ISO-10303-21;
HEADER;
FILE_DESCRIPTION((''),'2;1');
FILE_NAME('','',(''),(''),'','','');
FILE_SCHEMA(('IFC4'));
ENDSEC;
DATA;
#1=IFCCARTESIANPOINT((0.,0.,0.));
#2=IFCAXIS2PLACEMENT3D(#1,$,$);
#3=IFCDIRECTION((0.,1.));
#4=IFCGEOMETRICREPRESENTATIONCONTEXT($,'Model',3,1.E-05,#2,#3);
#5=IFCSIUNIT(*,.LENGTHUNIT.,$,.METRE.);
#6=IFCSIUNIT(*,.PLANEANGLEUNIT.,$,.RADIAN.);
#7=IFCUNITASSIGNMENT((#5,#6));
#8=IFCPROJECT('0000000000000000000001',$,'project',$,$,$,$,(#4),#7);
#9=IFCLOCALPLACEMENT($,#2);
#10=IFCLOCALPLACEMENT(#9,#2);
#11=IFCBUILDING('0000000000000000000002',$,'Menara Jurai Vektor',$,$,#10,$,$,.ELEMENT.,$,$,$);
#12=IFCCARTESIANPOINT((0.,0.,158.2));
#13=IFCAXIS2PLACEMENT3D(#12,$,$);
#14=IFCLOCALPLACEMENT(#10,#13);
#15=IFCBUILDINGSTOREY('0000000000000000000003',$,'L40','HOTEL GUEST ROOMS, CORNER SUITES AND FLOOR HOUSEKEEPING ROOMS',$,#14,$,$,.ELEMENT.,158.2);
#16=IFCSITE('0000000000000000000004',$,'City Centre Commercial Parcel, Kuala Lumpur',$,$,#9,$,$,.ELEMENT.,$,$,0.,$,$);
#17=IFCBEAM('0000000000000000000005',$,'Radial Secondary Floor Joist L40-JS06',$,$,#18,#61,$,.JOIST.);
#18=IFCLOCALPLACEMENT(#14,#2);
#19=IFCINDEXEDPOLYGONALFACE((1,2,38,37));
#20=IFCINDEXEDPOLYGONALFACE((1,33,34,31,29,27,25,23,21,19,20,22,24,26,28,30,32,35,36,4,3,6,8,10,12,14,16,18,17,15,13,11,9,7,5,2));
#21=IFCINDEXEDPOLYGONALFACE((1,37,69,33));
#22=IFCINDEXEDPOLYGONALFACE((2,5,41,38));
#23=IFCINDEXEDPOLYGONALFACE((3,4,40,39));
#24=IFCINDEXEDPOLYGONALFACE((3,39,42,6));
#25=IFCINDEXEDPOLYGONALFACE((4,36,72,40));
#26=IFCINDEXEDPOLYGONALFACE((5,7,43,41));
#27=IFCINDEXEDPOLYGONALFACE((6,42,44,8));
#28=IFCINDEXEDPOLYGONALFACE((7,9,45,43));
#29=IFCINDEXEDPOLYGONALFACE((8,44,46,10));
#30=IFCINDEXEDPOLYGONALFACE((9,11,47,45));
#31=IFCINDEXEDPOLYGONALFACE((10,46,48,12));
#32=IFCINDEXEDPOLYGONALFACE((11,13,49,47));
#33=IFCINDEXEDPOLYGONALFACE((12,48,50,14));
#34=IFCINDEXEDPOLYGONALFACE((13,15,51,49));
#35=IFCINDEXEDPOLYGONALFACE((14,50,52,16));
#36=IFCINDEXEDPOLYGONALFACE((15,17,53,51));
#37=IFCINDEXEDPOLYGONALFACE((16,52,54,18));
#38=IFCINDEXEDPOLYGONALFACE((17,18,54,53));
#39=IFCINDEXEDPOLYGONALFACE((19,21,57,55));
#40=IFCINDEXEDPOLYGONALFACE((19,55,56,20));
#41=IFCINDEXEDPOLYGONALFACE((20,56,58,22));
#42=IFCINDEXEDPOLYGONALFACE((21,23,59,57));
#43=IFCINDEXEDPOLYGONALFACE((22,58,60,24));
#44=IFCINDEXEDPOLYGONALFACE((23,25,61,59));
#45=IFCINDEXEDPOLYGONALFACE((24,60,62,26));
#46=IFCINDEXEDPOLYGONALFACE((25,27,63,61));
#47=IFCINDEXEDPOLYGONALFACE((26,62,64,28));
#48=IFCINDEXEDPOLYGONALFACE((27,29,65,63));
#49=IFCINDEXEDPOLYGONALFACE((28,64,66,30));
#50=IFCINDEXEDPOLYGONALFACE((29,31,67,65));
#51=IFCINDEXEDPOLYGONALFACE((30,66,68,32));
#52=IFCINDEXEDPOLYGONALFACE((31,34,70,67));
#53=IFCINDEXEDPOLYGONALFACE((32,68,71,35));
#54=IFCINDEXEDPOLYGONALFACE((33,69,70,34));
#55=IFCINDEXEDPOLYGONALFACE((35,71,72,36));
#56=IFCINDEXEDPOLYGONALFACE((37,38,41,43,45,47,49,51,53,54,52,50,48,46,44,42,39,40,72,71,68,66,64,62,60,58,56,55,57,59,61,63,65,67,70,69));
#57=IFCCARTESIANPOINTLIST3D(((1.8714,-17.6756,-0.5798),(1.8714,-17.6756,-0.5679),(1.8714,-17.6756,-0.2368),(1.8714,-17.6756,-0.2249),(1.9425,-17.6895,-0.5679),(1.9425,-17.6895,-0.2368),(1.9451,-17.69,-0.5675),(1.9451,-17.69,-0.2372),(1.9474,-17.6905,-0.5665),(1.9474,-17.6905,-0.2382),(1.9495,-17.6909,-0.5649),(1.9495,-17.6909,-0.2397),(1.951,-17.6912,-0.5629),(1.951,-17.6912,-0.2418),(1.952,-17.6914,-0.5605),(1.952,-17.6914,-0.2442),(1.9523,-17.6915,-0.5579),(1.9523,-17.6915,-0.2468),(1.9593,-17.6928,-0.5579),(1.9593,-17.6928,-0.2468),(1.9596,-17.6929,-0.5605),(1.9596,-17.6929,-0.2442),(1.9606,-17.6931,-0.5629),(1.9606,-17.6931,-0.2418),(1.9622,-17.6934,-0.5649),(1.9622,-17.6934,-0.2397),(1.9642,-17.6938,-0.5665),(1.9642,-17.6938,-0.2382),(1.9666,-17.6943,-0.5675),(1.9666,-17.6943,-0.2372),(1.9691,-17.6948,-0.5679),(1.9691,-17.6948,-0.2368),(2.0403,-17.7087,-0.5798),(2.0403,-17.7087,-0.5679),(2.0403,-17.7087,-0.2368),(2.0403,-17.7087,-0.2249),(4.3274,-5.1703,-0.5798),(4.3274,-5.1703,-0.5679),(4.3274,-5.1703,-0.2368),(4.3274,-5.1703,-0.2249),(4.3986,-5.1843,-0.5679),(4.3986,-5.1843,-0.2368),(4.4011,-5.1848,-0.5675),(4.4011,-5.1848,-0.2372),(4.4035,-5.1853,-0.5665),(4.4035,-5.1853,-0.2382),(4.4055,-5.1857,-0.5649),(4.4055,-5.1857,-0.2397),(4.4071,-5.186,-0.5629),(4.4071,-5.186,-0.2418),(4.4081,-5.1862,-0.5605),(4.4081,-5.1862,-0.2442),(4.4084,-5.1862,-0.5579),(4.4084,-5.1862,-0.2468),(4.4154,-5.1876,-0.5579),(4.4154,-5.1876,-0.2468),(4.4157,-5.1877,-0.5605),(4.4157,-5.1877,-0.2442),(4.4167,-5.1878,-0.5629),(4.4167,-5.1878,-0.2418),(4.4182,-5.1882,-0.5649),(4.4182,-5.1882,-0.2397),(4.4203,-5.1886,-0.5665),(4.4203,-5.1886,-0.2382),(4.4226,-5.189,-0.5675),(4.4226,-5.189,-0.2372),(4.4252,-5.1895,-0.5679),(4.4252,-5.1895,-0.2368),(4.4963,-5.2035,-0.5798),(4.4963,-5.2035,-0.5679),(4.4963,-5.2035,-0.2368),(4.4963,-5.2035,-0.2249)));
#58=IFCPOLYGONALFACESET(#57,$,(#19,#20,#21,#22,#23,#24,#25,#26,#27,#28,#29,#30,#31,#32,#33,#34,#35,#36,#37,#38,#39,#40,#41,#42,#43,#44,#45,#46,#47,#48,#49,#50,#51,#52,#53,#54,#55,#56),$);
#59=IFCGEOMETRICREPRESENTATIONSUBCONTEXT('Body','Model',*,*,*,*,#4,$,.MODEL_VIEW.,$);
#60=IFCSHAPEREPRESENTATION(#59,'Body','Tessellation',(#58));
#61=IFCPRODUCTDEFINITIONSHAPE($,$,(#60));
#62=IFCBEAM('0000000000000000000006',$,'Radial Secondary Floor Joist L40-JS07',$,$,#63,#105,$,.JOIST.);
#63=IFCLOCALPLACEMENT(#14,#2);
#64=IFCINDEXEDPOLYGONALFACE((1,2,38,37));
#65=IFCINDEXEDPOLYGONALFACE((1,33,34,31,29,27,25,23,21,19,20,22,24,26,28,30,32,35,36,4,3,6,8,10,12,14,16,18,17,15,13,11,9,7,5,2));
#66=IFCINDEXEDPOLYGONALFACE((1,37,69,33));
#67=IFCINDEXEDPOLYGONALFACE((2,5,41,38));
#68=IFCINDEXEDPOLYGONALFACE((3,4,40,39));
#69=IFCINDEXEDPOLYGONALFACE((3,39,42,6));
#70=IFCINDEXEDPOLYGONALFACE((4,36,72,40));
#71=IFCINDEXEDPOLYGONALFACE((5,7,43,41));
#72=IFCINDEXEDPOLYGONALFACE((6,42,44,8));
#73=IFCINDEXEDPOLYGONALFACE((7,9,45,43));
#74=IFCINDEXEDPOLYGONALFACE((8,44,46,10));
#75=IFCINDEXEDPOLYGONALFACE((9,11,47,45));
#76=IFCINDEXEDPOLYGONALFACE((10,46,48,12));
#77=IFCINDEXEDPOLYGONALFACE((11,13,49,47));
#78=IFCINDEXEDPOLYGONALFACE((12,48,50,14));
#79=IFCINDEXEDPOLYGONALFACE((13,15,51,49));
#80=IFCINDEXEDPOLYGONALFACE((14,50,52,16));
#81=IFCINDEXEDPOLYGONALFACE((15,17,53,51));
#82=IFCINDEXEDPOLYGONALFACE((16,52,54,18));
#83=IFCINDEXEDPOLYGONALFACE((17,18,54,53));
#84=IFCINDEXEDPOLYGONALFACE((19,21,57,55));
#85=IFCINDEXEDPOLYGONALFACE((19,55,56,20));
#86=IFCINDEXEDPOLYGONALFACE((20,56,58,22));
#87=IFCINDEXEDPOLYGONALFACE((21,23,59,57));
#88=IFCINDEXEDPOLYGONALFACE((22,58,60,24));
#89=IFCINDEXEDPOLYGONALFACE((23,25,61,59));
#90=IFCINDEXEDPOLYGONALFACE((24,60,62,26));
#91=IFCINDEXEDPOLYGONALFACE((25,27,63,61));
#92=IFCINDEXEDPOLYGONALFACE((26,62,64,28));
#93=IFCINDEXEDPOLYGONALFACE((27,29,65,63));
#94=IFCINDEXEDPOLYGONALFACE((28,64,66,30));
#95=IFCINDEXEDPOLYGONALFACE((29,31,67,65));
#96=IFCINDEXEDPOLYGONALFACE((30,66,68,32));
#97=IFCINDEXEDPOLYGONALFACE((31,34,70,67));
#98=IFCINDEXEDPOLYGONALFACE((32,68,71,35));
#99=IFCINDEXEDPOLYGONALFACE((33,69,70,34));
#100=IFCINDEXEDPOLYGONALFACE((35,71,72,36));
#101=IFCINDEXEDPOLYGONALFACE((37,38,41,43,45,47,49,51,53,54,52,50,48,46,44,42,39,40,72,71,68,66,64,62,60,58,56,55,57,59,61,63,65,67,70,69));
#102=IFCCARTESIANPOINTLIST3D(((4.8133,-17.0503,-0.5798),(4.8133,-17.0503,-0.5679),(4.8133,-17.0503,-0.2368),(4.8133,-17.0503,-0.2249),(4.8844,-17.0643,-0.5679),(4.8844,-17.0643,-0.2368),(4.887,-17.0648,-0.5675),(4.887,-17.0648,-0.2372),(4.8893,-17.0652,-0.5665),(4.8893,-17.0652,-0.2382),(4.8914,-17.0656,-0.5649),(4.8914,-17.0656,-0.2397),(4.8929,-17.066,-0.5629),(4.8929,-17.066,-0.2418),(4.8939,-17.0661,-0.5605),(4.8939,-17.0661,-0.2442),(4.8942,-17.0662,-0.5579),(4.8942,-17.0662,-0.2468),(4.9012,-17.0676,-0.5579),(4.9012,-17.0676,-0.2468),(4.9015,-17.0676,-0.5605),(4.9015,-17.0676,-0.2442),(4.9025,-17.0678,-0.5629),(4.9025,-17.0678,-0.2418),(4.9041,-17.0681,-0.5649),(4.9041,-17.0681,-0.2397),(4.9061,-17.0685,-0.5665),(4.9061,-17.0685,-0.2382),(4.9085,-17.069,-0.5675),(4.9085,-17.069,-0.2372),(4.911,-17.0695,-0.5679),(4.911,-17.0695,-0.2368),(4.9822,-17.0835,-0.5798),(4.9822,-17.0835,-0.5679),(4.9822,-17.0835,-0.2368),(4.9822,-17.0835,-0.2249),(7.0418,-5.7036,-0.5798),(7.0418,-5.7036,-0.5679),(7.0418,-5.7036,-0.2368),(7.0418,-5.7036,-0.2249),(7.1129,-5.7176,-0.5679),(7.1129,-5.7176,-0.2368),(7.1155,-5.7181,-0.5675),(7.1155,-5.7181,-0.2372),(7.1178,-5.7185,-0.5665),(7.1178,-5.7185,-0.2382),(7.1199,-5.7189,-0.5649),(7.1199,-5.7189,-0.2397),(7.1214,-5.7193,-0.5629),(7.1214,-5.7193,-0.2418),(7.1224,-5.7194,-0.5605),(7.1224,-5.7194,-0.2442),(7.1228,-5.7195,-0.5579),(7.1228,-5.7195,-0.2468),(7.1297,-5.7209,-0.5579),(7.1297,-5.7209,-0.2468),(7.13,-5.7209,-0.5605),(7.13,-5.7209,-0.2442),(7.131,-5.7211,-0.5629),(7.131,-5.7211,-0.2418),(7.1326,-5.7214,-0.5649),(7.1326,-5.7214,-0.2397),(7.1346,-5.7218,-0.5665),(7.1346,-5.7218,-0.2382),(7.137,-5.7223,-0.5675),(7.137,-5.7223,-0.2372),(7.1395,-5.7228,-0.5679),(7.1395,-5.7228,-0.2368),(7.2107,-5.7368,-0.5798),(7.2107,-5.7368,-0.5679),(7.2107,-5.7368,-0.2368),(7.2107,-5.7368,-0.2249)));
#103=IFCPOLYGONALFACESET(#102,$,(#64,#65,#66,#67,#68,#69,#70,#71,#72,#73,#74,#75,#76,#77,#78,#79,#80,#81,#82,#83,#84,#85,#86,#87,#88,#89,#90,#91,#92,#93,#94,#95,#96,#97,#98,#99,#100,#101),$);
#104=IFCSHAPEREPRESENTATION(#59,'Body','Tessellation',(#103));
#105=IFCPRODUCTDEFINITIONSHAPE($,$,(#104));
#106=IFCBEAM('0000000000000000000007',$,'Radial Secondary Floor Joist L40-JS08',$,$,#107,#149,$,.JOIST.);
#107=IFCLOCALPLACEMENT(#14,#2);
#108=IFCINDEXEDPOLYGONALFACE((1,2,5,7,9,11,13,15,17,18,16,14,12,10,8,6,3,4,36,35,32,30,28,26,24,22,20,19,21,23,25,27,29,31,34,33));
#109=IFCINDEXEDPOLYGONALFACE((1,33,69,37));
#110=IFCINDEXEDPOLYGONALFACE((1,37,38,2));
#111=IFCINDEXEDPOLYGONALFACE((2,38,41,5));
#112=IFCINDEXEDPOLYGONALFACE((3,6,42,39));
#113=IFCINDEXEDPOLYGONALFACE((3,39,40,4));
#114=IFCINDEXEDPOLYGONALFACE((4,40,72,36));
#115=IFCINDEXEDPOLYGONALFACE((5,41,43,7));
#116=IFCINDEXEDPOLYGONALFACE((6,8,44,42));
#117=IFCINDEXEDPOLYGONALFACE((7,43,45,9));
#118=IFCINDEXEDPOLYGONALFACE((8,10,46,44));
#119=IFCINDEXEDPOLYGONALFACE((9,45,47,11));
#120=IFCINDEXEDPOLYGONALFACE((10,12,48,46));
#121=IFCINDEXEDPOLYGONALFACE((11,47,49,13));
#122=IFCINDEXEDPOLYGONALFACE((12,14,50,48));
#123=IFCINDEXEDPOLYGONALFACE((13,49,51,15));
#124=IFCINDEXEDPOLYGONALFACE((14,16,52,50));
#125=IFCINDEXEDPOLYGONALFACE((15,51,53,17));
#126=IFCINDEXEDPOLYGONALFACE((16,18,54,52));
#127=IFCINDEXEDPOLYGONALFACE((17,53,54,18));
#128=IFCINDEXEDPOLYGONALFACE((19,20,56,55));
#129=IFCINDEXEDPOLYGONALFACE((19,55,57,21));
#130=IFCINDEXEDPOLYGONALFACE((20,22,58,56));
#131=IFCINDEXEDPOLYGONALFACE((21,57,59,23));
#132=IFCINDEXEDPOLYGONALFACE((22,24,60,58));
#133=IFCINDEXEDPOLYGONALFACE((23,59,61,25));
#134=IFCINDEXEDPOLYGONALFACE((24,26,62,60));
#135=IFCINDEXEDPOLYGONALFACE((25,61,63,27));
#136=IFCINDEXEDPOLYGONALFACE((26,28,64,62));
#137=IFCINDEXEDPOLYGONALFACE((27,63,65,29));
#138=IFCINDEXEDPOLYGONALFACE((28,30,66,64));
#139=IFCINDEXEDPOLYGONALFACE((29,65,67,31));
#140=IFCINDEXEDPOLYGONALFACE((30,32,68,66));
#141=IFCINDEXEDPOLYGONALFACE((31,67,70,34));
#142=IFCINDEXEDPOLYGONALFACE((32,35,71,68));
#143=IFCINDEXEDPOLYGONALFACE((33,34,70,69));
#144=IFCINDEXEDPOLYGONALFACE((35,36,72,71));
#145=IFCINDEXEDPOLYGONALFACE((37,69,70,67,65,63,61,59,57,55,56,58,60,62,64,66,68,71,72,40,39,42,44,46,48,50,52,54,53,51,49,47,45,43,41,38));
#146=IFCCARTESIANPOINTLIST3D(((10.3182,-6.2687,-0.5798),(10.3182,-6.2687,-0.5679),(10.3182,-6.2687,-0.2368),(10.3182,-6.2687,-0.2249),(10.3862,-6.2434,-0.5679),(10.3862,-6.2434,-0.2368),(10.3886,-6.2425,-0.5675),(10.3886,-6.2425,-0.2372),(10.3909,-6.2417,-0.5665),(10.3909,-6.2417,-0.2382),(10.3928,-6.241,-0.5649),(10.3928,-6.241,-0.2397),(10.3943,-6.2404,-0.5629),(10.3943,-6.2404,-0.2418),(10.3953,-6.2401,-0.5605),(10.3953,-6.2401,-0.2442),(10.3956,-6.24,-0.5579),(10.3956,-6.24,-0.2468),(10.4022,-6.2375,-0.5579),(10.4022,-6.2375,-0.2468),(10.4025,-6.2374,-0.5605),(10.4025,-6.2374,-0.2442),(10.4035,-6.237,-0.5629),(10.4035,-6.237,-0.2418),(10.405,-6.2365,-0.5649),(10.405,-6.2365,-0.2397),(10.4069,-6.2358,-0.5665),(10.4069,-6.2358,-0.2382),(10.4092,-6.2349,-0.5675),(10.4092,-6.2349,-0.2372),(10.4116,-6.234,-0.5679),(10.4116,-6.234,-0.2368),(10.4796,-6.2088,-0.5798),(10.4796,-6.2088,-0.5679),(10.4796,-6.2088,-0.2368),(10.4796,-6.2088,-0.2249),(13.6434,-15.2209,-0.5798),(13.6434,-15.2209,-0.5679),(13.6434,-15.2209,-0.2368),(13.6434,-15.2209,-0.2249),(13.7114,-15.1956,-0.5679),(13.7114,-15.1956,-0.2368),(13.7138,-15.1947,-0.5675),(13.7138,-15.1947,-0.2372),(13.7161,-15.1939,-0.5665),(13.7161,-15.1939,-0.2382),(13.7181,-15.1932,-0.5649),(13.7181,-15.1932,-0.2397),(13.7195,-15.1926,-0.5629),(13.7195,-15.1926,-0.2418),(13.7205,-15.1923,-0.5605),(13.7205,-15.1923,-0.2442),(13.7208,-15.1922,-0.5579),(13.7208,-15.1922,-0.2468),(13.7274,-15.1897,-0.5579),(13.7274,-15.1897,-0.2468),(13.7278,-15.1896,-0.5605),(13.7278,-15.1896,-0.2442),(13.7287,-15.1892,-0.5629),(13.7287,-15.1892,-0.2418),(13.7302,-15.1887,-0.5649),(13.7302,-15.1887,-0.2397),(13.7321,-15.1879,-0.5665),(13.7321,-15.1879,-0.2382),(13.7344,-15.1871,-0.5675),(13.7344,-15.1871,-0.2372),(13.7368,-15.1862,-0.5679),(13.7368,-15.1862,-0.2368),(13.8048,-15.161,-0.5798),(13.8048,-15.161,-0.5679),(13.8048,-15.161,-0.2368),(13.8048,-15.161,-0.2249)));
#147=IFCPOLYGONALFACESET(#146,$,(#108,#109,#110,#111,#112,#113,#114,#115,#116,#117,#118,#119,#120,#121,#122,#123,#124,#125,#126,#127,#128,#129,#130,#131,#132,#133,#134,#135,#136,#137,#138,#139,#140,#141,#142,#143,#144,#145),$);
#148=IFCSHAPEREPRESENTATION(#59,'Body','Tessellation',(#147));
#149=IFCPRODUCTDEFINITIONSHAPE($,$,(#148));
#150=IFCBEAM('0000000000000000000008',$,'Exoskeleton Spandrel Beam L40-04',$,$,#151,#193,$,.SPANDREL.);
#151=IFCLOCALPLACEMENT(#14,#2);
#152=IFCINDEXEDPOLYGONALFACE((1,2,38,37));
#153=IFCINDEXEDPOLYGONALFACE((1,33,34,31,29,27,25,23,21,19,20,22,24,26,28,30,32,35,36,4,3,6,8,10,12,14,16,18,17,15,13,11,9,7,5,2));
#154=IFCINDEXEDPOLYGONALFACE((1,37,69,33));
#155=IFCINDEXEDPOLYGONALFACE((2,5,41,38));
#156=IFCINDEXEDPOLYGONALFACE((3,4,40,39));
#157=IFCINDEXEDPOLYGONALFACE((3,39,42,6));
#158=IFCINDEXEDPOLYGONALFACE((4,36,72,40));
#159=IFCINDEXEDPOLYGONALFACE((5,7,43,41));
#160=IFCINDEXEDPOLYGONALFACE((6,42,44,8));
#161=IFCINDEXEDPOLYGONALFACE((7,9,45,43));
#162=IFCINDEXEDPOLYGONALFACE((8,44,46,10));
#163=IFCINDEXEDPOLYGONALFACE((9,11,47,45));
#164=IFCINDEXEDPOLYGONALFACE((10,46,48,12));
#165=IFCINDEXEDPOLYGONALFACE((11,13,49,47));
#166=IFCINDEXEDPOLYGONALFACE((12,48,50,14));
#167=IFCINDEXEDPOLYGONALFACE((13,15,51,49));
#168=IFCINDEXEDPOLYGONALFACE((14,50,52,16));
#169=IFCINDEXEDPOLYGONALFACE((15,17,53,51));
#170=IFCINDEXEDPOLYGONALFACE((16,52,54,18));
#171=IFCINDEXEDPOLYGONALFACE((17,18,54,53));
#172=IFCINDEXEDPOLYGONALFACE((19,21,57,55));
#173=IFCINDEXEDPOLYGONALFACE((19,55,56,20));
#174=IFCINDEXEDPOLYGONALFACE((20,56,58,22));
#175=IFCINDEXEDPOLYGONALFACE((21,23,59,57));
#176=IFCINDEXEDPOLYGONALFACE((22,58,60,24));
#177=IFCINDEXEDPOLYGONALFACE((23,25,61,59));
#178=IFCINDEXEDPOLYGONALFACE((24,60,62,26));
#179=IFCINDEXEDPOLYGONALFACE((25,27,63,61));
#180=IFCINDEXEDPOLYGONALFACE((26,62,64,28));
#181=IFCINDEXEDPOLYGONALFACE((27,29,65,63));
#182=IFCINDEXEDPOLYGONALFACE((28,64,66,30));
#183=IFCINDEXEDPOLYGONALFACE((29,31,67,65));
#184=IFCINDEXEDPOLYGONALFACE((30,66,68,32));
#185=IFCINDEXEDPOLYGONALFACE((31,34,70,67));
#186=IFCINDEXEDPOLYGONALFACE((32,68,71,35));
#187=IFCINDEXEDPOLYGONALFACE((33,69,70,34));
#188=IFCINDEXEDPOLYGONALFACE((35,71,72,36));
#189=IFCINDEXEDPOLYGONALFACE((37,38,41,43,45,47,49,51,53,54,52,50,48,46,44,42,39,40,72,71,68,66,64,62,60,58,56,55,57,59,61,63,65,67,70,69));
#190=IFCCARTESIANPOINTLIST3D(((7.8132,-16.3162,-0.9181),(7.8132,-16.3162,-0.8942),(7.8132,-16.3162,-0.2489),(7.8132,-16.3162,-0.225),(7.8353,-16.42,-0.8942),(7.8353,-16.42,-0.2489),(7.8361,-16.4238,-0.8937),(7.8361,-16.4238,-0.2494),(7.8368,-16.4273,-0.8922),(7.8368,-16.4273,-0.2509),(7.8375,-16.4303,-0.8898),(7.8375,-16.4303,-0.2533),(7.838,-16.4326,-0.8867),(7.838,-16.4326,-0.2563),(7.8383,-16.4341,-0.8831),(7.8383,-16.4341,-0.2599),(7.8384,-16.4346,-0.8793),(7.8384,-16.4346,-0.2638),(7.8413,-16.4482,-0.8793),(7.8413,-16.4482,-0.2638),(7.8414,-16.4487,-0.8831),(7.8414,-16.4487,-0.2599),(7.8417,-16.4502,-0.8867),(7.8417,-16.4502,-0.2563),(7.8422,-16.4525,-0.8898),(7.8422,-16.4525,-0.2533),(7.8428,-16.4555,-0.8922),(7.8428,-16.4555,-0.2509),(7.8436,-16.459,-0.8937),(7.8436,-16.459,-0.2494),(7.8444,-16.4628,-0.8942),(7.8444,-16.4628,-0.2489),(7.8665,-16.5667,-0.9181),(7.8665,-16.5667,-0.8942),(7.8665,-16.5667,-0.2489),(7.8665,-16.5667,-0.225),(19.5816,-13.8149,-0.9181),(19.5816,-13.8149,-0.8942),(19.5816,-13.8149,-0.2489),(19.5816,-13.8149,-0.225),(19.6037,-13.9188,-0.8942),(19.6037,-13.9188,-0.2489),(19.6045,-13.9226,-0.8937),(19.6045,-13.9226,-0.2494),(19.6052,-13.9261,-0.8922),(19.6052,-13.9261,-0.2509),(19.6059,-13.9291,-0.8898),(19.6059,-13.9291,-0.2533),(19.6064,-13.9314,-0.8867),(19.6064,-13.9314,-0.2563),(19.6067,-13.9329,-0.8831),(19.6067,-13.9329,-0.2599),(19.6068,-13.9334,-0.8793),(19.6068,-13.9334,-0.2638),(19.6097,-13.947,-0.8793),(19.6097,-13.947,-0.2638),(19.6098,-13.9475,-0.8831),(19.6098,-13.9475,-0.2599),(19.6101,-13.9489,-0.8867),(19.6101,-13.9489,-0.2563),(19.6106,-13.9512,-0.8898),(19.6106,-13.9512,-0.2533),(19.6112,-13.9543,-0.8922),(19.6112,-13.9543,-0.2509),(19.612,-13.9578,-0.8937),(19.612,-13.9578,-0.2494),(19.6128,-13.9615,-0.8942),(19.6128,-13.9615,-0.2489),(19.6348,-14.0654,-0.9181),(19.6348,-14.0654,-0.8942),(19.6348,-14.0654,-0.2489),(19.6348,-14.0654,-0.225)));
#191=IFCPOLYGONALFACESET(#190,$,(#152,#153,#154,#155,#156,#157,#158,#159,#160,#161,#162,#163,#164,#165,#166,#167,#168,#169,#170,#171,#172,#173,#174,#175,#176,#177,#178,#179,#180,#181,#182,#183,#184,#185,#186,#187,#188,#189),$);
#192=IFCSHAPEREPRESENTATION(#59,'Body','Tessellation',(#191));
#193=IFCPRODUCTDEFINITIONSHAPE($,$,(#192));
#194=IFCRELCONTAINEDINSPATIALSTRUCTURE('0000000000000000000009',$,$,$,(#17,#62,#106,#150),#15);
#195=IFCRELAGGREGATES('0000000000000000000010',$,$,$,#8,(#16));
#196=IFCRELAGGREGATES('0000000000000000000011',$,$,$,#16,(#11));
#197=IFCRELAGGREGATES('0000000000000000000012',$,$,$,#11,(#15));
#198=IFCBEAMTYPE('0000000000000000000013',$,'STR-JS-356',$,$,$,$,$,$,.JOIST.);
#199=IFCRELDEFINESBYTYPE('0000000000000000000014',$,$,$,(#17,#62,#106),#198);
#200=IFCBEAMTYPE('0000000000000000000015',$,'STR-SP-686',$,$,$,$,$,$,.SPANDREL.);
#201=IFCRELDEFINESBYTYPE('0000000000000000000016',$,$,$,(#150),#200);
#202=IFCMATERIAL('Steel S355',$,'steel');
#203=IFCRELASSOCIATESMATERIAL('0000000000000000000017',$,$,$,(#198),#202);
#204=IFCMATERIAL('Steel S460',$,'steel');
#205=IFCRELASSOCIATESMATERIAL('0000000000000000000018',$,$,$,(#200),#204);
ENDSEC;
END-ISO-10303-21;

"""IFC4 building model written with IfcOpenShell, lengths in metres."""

from ifc_helpers import new_model, si_unit, direction, frame, origin, origin_2d, place, context, subcontext, project, spatial, i_section, extrude, material, material_profile, profile_set, type_object, element, save


model = new_model("IFC4")

# Units and contexts
model_context = context("Model", 3, precision=1e-05, world=origin(), true_north=direction((0.0, 1.0)))
body_context = subcontext(model_context, "Body", "Model", "MODEL_VIEW")
ifc_project = project(units=[si_unit("LENGTHUNIT", "METRE"), si_unit("PLANEANGLEUNIT", "RADIAN")], contexts=[model_context])

# Site, building, storey
site_placement = place(None, origin())
site = spatial("IfcSite", under=ifc_project, at=site_placement, Name="City Centre Commercial Parcel, Kuala Lumpur", CompositionType="ELEMENT", RefElevation=0.0)
building_placement = place(site_placement, origin())
building = spatial("IfcBuilding", under=site, at=building_placement, Name="Menara Jurai Vektor", CompositionType="ELEMENT")
storey_placement = place(building_placement, frame((0.0, 0.0, 158.2)))
storey = spatial("IfcBuildingStorey", under=building, at=storey_placement, Name="L40", Description="HOTEL GUEST ROOMS, CORNER SUITES AND FLOOR HOUSEKEEPING ROOMS", CompositionType="ELEMENT", Elevation=158.2)

# Shared definitions
ifc_material_1 = material(Name="Steel S460", Category="steel")

# Beams
ifc_material_2 = material(Name="Steel S355", Category="steel")
ifc_material_profile_1 = material_profile(ifc_material_2, i_section(OverallWidth=0.1721, OverallDepth=0.355, WebThickness=0.0071, FlangeThickness=0.012, FilletRadius=0.01, at=origin_2d()), Name="UKB 356x171x51")
ifc_profile_set_1 = profile_set([ifc_material_profile_1], Name="Steel S355")
beam_type_1 = type_object("IfcBeamType", Name="STR-JS-356", PredefinedType="JOIST", material=ifc_profile_set_1)
beam_1_placement = place(storey_placement, frame((1.9558, -17.6921, -0.4023), z_axis=(0.192722, 0.981253, 0.0), x_axis=(-0.981253, 0.192722, 0.0)))
element("IfcBeam", 1, at=beam_1_placement, inside=storey, type_object=beam_type_1, Name="Radial Secondary Floor Joist L40-JS06", PredefinedType="JOIST", context=body_context, shape_type="SweptSolid", body=[
    extrude(i_section(OverallWidth=0.1721, OverallDepth=0.355, WebThickness=0.0071, FlangeThickness=0.012, FilletRadius=0.01, at=origin_2d()), origin(), (0.0, 0.0, 1.0), 12.7441),
])
beam_2_placement = place(storey_placement, frame((4.8977, -17.0669, -0.4023), z_axis=(0.192721, 0.981254, 0.0), x_axis=(-0.981254, 0.192721, 0.0)))
element("IfcBeam", 2, at=beam_2_placement, inside=storey, type_object=beam_type_1, Name="Radial Secondary Floor Joist L40-JS07", PredefinedType="JOIST", context=body_context, shape_type="SweptSolid", body=[
    extrude(i_section(OverallWidth=0.1721, OverallDepth=0.355, WebThickness=0.0071, FlangeThickness=0.012, FilletRadius=0.01, at=origin_2d()), origin(), (0.0, 0.0, 1.0), 11.5635),
])
beam_3_placement = place(storey_placement, frame((13.7241, -15.1909, -0.4023), z_axis=(-0.348197, 0.937421, 0.0), x_axis=(-0.937421, -0.348197, 0.0)))
element("IfcBeam", 3, at=beam_3_placement, inside=storey, type_object=beam_type_1, Name="Radial Secondary Floor Joist L40-JS08", PredefinedType="JOIST", context=body_context, shape_type="SweptSolid", body=[
    extrude(i_section(OverallWidth=0.1721, OverallDepth=0.355, WebThickness=0.0071, FlangeThickness=0.012, FilletRadius=0.01, at=origin_2d()), origin(), (0.0, 0.0, 1.0), 9.5498),
])
ifc_material_profile_2 = material_profile(ifc_material_1, i_section(OverallWidth=0.2561, OverallDepth=0.6931, WebThickness=0.0139, FlangeThickness=0.0239, FilletRadius=0.0149, at=origin_2d()), Name="UKB 686x254x170")
ifc_profile_set_2 = profile_set([ifc_material_profile_2], Name="Steel S460")
beam_type_2 = type_object("IfcBeamType", Name="STR-SP-686", PredefinedType="SPANDREL", material=ifc_profile_set_2)
beam_4_placement = place(storey_placement, frame((7.8398, -16.4414, -0.5715), z_axis=(0.978151, 0.207895, 0.0), x_axis=(-0.207895, 0.978151, 0.0)))
element("IfcBeam", 4, at=beam_4_placement, inside=storey, type_object=beam_type_2, Name="Exoskeleton Spandrel Beam L40-04", PredefinedType="SPANDREL", context=body_context, shape_type="SweptSolid", body=[
    extrude(i_section(OverallWidth=0.2561, OverallDepth=0.6931, WebThickness=0.0139, FlangeThickness=0.0239, FilletRadius=0.0149, at=origin_2d()), origin(), (0.0, 0.0, 1.0), 12.0312),
])

save(model, "model.ifc")
